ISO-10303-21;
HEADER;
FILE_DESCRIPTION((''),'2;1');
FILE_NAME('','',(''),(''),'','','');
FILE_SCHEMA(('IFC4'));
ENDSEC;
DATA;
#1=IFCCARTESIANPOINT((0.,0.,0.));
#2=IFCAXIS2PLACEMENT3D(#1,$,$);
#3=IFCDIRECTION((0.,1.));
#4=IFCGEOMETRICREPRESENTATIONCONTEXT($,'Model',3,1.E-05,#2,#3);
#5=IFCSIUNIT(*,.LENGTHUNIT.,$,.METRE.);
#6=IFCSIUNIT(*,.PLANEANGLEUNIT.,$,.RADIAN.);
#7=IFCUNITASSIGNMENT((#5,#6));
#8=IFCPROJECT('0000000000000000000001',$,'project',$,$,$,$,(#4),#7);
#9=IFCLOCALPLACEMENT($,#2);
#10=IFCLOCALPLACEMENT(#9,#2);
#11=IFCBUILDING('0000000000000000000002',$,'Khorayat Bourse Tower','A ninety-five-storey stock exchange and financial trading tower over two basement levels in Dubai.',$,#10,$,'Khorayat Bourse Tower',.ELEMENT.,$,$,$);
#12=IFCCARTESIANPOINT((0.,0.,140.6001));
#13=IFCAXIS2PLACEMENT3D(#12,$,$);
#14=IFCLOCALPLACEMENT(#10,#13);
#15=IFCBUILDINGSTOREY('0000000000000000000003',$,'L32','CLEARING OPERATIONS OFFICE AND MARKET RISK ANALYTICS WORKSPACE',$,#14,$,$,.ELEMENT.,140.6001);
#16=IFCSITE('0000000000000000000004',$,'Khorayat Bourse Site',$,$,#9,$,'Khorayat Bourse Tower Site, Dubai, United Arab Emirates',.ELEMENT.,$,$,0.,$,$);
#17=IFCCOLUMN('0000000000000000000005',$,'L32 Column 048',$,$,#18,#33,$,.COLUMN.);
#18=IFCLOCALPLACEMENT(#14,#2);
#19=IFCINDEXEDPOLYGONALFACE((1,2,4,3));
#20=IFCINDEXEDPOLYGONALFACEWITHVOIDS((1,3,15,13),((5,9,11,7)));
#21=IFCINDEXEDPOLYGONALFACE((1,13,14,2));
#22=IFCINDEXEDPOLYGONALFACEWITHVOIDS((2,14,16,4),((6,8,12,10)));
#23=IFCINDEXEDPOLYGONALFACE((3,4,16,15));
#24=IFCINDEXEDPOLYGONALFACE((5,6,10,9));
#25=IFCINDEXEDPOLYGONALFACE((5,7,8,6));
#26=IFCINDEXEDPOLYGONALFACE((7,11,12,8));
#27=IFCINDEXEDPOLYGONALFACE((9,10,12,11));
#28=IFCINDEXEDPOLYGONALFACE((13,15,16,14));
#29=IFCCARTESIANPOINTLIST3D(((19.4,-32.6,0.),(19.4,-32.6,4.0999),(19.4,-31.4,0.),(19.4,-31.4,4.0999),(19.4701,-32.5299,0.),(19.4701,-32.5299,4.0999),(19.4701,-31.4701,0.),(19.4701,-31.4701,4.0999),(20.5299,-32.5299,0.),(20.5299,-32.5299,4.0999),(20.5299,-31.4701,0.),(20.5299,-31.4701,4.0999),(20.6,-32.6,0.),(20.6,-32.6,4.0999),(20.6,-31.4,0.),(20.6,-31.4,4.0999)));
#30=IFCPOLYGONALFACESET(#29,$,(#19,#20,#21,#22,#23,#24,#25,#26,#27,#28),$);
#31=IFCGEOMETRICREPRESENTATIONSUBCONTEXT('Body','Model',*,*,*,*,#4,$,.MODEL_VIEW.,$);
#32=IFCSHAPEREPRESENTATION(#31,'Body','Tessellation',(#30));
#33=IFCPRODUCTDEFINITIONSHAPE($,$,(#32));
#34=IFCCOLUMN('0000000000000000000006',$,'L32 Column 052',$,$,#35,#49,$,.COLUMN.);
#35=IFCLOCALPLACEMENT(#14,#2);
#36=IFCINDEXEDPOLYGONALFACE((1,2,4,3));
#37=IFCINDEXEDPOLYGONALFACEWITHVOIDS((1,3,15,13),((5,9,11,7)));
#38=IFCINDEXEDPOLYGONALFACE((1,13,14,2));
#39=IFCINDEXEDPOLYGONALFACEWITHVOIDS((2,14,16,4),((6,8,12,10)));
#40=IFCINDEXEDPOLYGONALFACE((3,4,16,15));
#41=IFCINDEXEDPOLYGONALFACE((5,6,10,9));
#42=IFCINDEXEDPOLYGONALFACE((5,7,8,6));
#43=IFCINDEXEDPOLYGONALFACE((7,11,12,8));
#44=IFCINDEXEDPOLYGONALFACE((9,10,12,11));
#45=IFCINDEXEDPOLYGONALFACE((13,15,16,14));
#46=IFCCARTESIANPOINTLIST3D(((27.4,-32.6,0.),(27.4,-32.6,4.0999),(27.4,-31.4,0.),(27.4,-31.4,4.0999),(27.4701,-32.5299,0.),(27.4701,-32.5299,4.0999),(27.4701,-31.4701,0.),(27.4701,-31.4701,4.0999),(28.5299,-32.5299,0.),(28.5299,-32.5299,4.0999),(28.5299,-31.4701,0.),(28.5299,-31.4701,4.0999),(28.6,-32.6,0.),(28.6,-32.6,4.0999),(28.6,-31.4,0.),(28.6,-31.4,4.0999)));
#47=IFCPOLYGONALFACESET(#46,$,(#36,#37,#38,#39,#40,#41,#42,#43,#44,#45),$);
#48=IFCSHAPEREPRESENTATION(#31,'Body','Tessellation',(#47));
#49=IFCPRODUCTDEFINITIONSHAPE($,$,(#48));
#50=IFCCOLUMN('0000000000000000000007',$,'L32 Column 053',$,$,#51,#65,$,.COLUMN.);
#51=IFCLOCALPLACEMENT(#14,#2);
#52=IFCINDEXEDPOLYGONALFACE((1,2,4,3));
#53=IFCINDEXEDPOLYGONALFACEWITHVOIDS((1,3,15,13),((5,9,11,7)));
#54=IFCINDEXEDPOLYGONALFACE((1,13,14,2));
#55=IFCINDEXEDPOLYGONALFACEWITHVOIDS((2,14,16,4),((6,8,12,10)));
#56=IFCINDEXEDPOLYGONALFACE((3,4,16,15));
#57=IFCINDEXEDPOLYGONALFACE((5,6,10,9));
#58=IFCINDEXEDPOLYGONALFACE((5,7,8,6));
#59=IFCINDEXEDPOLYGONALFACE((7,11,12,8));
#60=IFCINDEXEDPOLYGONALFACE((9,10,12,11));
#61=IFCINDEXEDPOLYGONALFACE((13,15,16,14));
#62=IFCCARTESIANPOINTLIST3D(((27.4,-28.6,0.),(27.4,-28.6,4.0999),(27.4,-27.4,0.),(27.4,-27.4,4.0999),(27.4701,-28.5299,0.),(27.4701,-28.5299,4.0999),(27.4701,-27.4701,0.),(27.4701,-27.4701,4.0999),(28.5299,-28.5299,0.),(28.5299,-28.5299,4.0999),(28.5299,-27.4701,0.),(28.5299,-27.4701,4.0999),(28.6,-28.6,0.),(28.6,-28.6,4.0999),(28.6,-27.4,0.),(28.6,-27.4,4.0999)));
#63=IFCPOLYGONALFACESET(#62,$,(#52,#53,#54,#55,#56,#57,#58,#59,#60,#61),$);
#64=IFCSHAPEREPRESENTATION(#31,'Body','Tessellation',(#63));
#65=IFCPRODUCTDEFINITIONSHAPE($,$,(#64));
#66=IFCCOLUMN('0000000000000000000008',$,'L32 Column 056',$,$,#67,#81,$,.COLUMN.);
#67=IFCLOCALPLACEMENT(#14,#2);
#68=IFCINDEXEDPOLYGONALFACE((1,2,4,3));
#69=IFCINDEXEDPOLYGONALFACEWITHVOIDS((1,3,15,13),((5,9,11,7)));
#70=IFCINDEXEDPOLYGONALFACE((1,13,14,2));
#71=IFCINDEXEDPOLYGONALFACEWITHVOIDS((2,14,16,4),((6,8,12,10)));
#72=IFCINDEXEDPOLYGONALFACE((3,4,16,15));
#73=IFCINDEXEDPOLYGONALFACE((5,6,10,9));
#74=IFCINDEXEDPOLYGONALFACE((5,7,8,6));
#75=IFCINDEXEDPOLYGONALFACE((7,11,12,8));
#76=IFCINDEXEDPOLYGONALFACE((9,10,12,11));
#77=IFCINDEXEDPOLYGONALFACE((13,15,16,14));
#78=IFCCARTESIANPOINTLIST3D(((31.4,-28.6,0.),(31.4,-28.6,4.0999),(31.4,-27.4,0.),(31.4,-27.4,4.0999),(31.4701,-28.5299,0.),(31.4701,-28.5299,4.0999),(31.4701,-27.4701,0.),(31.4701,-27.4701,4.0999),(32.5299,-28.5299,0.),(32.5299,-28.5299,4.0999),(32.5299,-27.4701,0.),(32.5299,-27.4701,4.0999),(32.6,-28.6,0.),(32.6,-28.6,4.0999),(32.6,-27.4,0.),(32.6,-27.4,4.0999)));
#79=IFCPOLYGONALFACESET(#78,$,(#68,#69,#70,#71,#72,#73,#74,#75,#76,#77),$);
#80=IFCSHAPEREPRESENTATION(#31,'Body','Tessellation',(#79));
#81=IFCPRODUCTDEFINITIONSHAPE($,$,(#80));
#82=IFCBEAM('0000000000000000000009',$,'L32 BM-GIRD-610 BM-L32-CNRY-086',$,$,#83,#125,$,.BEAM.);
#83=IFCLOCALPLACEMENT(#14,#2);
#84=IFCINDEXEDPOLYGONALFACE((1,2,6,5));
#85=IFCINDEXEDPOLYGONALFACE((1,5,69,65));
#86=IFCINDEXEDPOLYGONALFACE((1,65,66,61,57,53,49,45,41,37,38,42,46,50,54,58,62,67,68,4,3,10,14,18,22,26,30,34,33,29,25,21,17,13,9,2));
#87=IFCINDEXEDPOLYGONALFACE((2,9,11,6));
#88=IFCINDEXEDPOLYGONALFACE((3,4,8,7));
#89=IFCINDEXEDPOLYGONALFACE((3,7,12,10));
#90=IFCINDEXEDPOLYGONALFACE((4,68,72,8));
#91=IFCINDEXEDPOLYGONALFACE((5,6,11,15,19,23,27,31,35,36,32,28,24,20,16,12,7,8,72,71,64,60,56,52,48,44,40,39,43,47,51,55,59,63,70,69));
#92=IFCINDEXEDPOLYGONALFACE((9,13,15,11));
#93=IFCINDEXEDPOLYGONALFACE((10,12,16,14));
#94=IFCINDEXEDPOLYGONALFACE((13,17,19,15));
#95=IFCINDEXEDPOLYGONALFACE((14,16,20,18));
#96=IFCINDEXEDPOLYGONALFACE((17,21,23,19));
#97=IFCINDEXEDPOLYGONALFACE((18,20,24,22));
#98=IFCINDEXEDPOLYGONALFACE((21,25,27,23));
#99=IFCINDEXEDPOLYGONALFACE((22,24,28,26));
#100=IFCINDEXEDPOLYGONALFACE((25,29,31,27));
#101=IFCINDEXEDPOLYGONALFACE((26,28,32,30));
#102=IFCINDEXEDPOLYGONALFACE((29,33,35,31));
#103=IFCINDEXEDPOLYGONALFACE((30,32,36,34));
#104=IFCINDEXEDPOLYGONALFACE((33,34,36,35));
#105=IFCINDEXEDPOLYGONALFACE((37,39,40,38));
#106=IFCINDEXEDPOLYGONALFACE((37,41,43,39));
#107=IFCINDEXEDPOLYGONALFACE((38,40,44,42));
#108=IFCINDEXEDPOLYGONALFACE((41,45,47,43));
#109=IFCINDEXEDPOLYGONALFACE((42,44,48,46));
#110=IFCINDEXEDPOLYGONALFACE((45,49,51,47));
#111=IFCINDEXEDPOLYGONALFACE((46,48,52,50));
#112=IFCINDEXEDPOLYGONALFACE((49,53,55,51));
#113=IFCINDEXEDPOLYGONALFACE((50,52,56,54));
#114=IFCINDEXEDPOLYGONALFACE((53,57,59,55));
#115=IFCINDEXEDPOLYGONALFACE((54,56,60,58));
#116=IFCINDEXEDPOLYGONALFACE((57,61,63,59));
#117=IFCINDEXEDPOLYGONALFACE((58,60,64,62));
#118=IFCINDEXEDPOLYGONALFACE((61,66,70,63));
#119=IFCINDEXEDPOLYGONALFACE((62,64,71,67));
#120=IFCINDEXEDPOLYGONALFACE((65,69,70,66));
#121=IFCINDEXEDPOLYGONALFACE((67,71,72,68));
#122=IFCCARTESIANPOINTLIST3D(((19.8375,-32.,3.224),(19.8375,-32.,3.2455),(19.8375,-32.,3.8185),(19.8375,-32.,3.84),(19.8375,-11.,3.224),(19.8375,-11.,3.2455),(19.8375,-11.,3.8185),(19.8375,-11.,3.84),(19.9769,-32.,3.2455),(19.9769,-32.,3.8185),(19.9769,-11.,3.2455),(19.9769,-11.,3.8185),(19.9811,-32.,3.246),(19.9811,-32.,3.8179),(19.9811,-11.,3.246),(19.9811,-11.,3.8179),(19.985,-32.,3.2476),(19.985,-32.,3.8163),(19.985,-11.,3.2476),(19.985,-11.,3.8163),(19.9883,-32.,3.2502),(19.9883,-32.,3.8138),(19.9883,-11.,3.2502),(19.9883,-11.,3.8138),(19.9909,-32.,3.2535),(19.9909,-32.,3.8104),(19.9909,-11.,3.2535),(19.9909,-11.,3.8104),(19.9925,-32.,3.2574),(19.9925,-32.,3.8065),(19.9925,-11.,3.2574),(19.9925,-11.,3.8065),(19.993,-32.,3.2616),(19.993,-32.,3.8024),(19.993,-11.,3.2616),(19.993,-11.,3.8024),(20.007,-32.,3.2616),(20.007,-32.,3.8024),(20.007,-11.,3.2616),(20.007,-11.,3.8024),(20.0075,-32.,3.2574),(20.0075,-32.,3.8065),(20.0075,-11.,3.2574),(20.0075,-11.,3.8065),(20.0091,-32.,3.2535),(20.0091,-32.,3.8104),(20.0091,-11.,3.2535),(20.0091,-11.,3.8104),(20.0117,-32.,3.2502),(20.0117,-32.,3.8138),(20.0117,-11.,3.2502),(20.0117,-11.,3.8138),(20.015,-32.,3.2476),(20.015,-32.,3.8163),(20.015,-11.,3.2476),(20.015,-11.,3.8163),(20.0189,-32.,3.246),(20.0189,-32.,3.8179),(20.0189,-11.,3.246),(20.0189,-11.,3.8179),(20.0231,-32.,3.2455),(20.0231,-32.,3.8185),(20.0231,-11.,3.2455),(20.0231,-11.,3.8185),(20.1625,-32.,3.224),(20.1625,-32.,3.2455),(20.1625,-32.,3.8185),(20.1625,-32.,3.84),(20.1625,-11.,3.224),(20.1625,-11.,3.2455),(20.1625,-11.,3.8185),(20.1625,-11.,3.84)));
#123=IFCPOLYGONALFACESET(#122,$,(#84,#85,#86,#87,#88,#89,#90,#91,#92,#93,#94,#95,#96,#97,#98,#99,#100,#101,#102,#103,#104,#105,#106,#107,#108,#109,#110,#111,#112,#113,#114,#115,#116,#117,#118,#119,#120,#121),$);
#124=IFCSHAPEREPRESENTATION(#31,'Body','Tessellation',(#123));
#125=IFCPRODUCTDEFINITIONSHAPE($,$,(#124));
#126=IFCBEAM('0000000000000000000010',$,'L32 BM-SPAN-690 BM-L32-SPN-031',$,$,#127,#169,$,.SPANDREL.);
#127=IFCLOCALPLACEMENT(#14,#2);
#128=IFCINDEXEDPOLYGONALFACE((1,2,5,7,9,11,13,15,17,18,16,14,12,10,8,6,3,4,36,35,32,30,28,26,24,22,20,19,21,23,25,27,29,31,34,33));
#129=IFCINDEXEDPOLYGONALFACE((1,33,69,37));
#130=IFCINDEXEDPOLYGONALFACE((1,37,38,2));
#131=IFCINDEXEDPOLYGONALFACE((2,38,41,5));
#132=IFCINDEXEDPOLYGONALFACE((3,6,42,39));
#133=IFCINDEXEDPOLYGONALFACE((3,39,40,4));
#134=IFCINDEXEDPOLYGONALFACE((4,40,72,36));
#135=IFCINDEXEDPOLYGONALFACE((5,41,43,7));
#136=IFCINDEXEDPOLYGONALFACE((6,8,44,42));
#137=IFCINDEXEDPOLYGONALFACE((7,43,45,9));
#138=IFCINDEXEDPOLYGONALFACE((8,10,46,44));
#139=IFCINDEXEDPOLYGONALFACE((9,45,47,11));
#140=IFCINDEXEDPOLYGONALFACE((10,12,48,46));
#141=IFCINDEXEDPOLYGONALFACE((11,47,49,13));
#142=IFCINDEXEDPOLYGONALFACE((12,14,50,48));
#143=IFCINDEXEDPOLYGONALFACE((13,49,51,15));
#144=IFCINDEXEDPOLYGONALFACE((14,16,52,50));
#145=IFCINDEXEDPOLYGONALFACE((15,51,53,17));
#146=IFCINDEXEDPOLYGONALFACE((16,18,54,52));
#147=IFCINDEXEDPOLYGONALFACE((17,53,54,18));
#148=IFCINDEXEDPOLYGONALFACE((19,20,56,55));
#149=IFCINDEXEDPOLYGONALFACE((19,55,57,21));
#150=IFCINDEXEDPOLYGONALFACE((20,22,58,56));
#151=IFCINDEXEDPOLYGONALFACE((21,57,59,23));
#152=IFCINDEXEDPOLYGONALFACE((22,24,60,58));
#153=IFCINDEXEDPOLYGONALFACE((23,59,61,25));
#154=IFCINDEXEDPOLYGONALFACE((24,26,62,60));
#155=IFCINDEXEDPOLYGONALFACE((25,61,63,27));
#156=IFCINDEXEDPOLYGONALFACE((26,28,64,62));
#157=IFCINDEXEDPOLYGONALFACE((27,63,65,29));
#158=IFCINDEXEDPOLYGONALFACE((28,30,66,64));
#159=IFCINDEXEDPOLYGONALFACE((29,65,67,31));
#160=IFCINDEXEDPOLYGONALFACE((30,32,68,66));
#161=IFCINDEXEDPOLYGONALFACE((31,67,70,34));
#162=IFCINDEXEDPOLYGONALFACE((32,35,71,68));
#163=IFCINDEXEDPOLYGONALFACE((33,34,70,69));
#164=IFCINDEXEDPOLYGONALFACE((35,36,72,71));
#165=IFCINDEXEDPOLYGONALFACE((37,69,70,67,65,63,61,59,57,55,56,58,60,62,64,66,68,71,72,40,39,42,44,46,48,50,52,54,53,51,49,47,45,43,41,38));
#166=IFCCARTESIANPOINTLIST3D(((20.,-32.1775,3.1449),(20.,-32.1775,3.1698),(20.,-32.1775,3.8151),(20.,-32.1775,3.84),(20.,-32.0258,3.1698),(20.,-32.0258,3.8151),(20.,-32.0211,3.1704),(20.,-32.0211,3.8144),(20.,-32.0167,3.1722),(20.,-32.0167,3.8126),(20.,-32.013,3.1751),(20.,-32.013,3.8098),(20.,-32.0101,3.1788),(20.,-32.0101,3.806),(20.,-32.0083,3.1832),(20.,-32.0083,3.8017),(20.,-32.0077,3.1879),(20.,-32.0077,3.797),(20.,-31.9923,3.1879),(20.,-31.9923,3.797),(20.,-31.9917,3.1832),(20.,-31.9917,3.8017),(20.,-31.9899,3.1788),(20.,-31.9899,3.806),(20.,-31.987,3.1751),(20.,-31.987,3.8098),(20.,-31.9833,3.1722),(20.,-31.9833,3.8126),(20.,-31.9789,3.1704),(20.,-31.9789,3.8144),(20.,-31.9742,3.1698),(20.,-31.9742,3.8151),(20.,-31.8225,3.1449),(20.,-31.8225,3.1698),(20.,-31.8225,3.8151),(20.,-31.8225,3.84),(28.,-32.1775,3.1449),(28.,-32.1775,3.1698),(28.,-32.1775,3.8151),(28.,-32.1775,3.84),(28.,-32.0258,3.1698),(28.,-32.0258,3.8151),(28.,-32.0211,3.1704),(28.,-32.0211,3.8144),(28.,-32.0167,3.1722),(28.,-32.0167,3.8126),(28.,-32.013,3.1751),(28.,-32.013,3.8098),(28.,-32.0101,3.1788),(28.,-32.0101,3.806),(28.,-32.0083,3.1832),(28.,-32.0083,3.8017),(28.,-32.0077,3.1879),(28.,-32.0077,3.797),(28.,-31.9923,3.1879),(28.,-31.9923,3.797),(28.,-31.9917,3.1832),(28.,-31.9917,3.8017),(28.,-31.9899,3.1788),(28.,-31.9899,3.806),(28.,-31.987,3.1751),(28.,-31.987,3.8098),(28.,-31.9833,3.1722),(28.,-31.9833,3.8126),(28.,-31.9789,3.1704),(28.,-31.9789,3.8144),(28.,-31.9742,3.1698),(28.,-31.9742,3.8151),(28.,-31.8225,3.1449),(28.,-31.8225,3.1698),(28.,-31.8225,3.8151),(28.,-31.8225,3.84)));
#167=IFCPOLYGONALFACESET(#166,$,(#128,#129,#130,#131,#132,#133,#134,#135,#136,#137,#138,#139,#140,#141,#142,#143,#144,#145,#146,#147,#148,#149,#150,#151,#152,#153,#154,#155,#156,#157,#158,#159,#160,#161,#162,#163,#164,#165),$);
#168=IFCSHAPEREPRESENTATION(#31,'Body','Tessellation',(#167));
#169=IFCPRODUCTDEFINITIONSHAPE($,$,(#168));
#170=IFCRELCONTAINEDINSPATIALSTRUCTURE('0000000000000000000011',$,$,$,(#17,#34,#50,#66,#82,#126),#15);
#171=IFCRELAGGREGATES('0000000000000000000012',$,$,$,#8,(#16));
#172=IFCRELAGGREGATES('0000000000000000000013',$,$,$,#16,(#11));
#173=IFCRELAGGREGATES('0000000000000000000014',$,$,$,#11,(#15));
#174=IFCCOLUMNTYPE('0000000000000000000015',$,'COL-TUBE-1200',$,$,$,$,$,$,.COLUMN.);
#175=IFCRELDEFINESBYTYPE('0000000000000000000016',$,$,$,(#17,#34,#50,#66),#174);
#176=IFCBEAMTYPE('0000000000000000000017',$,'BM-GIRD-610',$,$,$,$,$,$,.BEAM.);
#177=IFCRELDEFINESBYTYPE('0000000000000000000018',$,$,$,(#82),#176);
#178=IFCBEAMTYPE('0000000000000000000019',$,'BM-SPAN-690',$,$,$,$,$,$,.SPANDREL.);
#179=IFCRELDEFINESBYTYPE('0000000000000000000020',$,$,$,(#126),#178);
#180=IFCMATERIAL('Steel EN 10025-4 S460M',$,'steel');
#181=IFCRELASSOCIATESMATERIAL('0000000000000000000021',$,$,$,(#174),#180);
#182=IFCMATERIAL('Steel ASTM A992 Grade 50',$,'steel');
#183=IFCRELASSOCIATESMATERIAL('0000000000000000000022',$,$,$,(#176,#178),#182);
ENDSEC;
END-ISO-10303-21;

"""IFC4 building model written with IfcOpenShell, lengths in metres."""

from ifc_helpers import new_model, si_unit, direction, frame, origin, origin_2d, place, context, subcontext, project, spatial, hollow_rectangle, i_section, extrude, source, transform, mapped, material, material_profile, profile_set, type_object, element, save


model = new_model("IFC4")

# Units and contexts
model_context = context("Model", 3, precision=1e-05, world=origin(), true_north=direction((0.0, 1.0)))
body_context = subcontext(model_context, "Body", "Model", "MODEL_VIEW")
ifc_project = project(units=[si_unit("LENGTHUNIT", "METRE"), si_unit("PLANEANGLEUNIT", "RADIAN")], contexts=[model_context])

# Site, building, storey
site_placement = place(None, origin())
site = spatial("IfcSite", under=ifc_project, at=site_placement, Name="Khorayat Bourse Site", LongName="Khorayat Bourse Tower Site, Dubai, United Arab Emirates", CompositionType="ELEMENT", RefElevation=0.0)
building_placement = place(site_placement, origin())
building = spatial("IfcBuilding", under=site, at=building_placement, Name="Khorayat Bourse Tower", Description="A ninety-five-storey stock exchange and financial trading tower over two basement levels in Dubai.", LongName="Khorayat Bourse Tower", CompositionType="ELEMENT")
storey_placement = place(building_placement, frame((0.0, 0.0, 140.6001)))
storey = spatial("IfcBuildingStorey", under=building, at=storey_placement, Name="L32", Description="CLEARING OPERATIONS OFFICE AND MARKET RISK ANALYTICS WORKSPACE", CompositionType="ELEMENT", Elevation=140.6001)

# Columns
ifc_material_1 = material(Name="Steel EN 10025-4 S460M", Category="steel")
ifc_material_profile_1 = material_profile(ifc_material_1, hollow_rectangle(XDim=1.2, YDim=1.2, WallThickness=0.0701, at=origin_2d()), Name="BOX 1200x1200x70")
ifc_profile_set_1 = profile_set([ifc_material_profile_1], Name="Steel EN 10025-4 S460M")
column_type = type_object("IfcColumnType", Name="COL-TUBE-1200", PredefinedType="COLUMN", material=ifc_profile_set_1)
shared_shape_1 = source(origin(), body_context, "Body", "SweptSolid", [
    extrude(hollow_rectangle(XDim=1.2, YDim=1.2, WallThickness=0.0701, at=origin_2d()), origin(), (0.0, 0.0, 1.0), 4.0999),
])
for number, where, z_axis, x_axis, name in (
    (1, (20.0, -32.0, 0.0), (0.0, 0.0, 1.0), (1.0, 0.0, 0.0), "L32 Column 048"),
    (2, (28.0, -32.0, 0.0), (0.0, 0.0, 1.0), (1.0, 0.0, 0.0), "L32 Column 052"),
    (3, (28.0, -28.0, 0.0), (0.0, 0.0, 1.0), (1.0, 0.0, 0.0), "L32 Column 053"),
    (4, (32.0, -28.0, 0.0), (0.0, 0.0, 1.0), (1.0, 0.0, 0.0), "L32 Column 056"),
):
    element("IfcColumn", number, at=place(storey_placement, frame(where, z_axis=z_axis, x_axis=x_axis)), inside=storey, type_object=column_type, Name=name, PredefinedType="COLUMN", context=body_context, shape_type="MappedRepresentation", body=[
        mapped(shared_shape_1, transform((0.0, 0.0, 0.0), scale=1.0)),
    ])

# Beams
ifc_material_2 = material(Name="Steel ASTM A992 Grade 50", Category="steel")
ifc_material_profile_2 = material_profile(ifc_material_2, i_section(OverallWidth=0.325, OverallDepth=0.616, WebThickness=0.0139, FlangeThickness=0.0215, FilletRadius=0.0161, at=origin_2d()), Name="W610X174")
ifc_profile_set_2 = profile_set([ifc_material_profile_2], Name="Steel ASTM A992 Grade 50")
beam_type_1 = type_object("IfcBeamType", Name="BM-GIRD-610", PredefinedType="BEAM", material=ifc_profile_set_2)
shared_shape_2 = source(origin(), body_context, "Body", "SweptSolid", [
    extrude(i_section(OverallWidth=0.325, OverallDepth=0.616, WebThickness=0.0139, FlangeThickness=0.0215, FilletRadius=0.0161, at=origin_2d()), origin(), (0.0, 0.0, 1.0), 21.0),
])
beam_1_placement = place(storey_placement, frame((20.0, -32.0, 3.532), z_axis=(0.0, 1.0, 0.0), x_axis=(-1.0, 0.0, 0.0)))
element("IfcBeam", 5, at=beam_1_placement, inside=storey, type_object=beam_type_1, Name="L32 BM-GIRD-610 BM-L32-CNRY-086", PredefinedType="BEAM", context=body_context, shape_type="MappedRepresentation", body=[
    mapped(shared_shape_2, transform((0.0, 0.0, 0.0), scale=1.0)),
])
ifc_material_profile_3 = material_profile(ifc_material_2, i_section(OverallWidth=0.355, OverallDepth=0.6951, WebThickness=0.0154, FlangeThickness=0.0249, FilletRadius=0.0181, at=origin_2d()), Name="W690X217")
ifc_profile_set_3 = profile_set([ifc_material_profile_3], Name="Steel ASTM A992 Grade 50")
beam_type_2 = type_object("IfcBeamType", Name="BM-SPAN-690", PredefinedType="SPANDREL", material=ifc_profile_set_3)
shared_shape_3 = source(origin(), body_context, "Body", "SweptSolid", [
    extrude(i_section(OverallWidth=0.355, OverallDepth=0.6951, WebThickness=0.0154, FlangeThickness=0.0249, FilletRadius=0.0181, at=origin_2d()), origin(), (0.0, 0.0, 1.0), 8.0),
])
for number, where, z_axis, x_axis, name in (
    (6, (20.0, -32.0, 3.4924), (1.0, 0.0, 0.0), (0.0, 1.0, 0.0), "L32 BM-SPAN-690 BM-L32-SPN-031"),
):
    element("IfcBeam", number, at=place(storey_placement, frame(where, z_axis=z_axis, x_axis=x_axis)), inside=storey, type_object=beam_type_2, Name=name, PredefinedType="SPANDREL", context=body_context, shape_type="MappedRepresentation", body=[
        mapped(shared_shape_3, transform((0.0, 0.0, 0.0), scale=1.0)),
    ])

save(model, "model.ifc")
